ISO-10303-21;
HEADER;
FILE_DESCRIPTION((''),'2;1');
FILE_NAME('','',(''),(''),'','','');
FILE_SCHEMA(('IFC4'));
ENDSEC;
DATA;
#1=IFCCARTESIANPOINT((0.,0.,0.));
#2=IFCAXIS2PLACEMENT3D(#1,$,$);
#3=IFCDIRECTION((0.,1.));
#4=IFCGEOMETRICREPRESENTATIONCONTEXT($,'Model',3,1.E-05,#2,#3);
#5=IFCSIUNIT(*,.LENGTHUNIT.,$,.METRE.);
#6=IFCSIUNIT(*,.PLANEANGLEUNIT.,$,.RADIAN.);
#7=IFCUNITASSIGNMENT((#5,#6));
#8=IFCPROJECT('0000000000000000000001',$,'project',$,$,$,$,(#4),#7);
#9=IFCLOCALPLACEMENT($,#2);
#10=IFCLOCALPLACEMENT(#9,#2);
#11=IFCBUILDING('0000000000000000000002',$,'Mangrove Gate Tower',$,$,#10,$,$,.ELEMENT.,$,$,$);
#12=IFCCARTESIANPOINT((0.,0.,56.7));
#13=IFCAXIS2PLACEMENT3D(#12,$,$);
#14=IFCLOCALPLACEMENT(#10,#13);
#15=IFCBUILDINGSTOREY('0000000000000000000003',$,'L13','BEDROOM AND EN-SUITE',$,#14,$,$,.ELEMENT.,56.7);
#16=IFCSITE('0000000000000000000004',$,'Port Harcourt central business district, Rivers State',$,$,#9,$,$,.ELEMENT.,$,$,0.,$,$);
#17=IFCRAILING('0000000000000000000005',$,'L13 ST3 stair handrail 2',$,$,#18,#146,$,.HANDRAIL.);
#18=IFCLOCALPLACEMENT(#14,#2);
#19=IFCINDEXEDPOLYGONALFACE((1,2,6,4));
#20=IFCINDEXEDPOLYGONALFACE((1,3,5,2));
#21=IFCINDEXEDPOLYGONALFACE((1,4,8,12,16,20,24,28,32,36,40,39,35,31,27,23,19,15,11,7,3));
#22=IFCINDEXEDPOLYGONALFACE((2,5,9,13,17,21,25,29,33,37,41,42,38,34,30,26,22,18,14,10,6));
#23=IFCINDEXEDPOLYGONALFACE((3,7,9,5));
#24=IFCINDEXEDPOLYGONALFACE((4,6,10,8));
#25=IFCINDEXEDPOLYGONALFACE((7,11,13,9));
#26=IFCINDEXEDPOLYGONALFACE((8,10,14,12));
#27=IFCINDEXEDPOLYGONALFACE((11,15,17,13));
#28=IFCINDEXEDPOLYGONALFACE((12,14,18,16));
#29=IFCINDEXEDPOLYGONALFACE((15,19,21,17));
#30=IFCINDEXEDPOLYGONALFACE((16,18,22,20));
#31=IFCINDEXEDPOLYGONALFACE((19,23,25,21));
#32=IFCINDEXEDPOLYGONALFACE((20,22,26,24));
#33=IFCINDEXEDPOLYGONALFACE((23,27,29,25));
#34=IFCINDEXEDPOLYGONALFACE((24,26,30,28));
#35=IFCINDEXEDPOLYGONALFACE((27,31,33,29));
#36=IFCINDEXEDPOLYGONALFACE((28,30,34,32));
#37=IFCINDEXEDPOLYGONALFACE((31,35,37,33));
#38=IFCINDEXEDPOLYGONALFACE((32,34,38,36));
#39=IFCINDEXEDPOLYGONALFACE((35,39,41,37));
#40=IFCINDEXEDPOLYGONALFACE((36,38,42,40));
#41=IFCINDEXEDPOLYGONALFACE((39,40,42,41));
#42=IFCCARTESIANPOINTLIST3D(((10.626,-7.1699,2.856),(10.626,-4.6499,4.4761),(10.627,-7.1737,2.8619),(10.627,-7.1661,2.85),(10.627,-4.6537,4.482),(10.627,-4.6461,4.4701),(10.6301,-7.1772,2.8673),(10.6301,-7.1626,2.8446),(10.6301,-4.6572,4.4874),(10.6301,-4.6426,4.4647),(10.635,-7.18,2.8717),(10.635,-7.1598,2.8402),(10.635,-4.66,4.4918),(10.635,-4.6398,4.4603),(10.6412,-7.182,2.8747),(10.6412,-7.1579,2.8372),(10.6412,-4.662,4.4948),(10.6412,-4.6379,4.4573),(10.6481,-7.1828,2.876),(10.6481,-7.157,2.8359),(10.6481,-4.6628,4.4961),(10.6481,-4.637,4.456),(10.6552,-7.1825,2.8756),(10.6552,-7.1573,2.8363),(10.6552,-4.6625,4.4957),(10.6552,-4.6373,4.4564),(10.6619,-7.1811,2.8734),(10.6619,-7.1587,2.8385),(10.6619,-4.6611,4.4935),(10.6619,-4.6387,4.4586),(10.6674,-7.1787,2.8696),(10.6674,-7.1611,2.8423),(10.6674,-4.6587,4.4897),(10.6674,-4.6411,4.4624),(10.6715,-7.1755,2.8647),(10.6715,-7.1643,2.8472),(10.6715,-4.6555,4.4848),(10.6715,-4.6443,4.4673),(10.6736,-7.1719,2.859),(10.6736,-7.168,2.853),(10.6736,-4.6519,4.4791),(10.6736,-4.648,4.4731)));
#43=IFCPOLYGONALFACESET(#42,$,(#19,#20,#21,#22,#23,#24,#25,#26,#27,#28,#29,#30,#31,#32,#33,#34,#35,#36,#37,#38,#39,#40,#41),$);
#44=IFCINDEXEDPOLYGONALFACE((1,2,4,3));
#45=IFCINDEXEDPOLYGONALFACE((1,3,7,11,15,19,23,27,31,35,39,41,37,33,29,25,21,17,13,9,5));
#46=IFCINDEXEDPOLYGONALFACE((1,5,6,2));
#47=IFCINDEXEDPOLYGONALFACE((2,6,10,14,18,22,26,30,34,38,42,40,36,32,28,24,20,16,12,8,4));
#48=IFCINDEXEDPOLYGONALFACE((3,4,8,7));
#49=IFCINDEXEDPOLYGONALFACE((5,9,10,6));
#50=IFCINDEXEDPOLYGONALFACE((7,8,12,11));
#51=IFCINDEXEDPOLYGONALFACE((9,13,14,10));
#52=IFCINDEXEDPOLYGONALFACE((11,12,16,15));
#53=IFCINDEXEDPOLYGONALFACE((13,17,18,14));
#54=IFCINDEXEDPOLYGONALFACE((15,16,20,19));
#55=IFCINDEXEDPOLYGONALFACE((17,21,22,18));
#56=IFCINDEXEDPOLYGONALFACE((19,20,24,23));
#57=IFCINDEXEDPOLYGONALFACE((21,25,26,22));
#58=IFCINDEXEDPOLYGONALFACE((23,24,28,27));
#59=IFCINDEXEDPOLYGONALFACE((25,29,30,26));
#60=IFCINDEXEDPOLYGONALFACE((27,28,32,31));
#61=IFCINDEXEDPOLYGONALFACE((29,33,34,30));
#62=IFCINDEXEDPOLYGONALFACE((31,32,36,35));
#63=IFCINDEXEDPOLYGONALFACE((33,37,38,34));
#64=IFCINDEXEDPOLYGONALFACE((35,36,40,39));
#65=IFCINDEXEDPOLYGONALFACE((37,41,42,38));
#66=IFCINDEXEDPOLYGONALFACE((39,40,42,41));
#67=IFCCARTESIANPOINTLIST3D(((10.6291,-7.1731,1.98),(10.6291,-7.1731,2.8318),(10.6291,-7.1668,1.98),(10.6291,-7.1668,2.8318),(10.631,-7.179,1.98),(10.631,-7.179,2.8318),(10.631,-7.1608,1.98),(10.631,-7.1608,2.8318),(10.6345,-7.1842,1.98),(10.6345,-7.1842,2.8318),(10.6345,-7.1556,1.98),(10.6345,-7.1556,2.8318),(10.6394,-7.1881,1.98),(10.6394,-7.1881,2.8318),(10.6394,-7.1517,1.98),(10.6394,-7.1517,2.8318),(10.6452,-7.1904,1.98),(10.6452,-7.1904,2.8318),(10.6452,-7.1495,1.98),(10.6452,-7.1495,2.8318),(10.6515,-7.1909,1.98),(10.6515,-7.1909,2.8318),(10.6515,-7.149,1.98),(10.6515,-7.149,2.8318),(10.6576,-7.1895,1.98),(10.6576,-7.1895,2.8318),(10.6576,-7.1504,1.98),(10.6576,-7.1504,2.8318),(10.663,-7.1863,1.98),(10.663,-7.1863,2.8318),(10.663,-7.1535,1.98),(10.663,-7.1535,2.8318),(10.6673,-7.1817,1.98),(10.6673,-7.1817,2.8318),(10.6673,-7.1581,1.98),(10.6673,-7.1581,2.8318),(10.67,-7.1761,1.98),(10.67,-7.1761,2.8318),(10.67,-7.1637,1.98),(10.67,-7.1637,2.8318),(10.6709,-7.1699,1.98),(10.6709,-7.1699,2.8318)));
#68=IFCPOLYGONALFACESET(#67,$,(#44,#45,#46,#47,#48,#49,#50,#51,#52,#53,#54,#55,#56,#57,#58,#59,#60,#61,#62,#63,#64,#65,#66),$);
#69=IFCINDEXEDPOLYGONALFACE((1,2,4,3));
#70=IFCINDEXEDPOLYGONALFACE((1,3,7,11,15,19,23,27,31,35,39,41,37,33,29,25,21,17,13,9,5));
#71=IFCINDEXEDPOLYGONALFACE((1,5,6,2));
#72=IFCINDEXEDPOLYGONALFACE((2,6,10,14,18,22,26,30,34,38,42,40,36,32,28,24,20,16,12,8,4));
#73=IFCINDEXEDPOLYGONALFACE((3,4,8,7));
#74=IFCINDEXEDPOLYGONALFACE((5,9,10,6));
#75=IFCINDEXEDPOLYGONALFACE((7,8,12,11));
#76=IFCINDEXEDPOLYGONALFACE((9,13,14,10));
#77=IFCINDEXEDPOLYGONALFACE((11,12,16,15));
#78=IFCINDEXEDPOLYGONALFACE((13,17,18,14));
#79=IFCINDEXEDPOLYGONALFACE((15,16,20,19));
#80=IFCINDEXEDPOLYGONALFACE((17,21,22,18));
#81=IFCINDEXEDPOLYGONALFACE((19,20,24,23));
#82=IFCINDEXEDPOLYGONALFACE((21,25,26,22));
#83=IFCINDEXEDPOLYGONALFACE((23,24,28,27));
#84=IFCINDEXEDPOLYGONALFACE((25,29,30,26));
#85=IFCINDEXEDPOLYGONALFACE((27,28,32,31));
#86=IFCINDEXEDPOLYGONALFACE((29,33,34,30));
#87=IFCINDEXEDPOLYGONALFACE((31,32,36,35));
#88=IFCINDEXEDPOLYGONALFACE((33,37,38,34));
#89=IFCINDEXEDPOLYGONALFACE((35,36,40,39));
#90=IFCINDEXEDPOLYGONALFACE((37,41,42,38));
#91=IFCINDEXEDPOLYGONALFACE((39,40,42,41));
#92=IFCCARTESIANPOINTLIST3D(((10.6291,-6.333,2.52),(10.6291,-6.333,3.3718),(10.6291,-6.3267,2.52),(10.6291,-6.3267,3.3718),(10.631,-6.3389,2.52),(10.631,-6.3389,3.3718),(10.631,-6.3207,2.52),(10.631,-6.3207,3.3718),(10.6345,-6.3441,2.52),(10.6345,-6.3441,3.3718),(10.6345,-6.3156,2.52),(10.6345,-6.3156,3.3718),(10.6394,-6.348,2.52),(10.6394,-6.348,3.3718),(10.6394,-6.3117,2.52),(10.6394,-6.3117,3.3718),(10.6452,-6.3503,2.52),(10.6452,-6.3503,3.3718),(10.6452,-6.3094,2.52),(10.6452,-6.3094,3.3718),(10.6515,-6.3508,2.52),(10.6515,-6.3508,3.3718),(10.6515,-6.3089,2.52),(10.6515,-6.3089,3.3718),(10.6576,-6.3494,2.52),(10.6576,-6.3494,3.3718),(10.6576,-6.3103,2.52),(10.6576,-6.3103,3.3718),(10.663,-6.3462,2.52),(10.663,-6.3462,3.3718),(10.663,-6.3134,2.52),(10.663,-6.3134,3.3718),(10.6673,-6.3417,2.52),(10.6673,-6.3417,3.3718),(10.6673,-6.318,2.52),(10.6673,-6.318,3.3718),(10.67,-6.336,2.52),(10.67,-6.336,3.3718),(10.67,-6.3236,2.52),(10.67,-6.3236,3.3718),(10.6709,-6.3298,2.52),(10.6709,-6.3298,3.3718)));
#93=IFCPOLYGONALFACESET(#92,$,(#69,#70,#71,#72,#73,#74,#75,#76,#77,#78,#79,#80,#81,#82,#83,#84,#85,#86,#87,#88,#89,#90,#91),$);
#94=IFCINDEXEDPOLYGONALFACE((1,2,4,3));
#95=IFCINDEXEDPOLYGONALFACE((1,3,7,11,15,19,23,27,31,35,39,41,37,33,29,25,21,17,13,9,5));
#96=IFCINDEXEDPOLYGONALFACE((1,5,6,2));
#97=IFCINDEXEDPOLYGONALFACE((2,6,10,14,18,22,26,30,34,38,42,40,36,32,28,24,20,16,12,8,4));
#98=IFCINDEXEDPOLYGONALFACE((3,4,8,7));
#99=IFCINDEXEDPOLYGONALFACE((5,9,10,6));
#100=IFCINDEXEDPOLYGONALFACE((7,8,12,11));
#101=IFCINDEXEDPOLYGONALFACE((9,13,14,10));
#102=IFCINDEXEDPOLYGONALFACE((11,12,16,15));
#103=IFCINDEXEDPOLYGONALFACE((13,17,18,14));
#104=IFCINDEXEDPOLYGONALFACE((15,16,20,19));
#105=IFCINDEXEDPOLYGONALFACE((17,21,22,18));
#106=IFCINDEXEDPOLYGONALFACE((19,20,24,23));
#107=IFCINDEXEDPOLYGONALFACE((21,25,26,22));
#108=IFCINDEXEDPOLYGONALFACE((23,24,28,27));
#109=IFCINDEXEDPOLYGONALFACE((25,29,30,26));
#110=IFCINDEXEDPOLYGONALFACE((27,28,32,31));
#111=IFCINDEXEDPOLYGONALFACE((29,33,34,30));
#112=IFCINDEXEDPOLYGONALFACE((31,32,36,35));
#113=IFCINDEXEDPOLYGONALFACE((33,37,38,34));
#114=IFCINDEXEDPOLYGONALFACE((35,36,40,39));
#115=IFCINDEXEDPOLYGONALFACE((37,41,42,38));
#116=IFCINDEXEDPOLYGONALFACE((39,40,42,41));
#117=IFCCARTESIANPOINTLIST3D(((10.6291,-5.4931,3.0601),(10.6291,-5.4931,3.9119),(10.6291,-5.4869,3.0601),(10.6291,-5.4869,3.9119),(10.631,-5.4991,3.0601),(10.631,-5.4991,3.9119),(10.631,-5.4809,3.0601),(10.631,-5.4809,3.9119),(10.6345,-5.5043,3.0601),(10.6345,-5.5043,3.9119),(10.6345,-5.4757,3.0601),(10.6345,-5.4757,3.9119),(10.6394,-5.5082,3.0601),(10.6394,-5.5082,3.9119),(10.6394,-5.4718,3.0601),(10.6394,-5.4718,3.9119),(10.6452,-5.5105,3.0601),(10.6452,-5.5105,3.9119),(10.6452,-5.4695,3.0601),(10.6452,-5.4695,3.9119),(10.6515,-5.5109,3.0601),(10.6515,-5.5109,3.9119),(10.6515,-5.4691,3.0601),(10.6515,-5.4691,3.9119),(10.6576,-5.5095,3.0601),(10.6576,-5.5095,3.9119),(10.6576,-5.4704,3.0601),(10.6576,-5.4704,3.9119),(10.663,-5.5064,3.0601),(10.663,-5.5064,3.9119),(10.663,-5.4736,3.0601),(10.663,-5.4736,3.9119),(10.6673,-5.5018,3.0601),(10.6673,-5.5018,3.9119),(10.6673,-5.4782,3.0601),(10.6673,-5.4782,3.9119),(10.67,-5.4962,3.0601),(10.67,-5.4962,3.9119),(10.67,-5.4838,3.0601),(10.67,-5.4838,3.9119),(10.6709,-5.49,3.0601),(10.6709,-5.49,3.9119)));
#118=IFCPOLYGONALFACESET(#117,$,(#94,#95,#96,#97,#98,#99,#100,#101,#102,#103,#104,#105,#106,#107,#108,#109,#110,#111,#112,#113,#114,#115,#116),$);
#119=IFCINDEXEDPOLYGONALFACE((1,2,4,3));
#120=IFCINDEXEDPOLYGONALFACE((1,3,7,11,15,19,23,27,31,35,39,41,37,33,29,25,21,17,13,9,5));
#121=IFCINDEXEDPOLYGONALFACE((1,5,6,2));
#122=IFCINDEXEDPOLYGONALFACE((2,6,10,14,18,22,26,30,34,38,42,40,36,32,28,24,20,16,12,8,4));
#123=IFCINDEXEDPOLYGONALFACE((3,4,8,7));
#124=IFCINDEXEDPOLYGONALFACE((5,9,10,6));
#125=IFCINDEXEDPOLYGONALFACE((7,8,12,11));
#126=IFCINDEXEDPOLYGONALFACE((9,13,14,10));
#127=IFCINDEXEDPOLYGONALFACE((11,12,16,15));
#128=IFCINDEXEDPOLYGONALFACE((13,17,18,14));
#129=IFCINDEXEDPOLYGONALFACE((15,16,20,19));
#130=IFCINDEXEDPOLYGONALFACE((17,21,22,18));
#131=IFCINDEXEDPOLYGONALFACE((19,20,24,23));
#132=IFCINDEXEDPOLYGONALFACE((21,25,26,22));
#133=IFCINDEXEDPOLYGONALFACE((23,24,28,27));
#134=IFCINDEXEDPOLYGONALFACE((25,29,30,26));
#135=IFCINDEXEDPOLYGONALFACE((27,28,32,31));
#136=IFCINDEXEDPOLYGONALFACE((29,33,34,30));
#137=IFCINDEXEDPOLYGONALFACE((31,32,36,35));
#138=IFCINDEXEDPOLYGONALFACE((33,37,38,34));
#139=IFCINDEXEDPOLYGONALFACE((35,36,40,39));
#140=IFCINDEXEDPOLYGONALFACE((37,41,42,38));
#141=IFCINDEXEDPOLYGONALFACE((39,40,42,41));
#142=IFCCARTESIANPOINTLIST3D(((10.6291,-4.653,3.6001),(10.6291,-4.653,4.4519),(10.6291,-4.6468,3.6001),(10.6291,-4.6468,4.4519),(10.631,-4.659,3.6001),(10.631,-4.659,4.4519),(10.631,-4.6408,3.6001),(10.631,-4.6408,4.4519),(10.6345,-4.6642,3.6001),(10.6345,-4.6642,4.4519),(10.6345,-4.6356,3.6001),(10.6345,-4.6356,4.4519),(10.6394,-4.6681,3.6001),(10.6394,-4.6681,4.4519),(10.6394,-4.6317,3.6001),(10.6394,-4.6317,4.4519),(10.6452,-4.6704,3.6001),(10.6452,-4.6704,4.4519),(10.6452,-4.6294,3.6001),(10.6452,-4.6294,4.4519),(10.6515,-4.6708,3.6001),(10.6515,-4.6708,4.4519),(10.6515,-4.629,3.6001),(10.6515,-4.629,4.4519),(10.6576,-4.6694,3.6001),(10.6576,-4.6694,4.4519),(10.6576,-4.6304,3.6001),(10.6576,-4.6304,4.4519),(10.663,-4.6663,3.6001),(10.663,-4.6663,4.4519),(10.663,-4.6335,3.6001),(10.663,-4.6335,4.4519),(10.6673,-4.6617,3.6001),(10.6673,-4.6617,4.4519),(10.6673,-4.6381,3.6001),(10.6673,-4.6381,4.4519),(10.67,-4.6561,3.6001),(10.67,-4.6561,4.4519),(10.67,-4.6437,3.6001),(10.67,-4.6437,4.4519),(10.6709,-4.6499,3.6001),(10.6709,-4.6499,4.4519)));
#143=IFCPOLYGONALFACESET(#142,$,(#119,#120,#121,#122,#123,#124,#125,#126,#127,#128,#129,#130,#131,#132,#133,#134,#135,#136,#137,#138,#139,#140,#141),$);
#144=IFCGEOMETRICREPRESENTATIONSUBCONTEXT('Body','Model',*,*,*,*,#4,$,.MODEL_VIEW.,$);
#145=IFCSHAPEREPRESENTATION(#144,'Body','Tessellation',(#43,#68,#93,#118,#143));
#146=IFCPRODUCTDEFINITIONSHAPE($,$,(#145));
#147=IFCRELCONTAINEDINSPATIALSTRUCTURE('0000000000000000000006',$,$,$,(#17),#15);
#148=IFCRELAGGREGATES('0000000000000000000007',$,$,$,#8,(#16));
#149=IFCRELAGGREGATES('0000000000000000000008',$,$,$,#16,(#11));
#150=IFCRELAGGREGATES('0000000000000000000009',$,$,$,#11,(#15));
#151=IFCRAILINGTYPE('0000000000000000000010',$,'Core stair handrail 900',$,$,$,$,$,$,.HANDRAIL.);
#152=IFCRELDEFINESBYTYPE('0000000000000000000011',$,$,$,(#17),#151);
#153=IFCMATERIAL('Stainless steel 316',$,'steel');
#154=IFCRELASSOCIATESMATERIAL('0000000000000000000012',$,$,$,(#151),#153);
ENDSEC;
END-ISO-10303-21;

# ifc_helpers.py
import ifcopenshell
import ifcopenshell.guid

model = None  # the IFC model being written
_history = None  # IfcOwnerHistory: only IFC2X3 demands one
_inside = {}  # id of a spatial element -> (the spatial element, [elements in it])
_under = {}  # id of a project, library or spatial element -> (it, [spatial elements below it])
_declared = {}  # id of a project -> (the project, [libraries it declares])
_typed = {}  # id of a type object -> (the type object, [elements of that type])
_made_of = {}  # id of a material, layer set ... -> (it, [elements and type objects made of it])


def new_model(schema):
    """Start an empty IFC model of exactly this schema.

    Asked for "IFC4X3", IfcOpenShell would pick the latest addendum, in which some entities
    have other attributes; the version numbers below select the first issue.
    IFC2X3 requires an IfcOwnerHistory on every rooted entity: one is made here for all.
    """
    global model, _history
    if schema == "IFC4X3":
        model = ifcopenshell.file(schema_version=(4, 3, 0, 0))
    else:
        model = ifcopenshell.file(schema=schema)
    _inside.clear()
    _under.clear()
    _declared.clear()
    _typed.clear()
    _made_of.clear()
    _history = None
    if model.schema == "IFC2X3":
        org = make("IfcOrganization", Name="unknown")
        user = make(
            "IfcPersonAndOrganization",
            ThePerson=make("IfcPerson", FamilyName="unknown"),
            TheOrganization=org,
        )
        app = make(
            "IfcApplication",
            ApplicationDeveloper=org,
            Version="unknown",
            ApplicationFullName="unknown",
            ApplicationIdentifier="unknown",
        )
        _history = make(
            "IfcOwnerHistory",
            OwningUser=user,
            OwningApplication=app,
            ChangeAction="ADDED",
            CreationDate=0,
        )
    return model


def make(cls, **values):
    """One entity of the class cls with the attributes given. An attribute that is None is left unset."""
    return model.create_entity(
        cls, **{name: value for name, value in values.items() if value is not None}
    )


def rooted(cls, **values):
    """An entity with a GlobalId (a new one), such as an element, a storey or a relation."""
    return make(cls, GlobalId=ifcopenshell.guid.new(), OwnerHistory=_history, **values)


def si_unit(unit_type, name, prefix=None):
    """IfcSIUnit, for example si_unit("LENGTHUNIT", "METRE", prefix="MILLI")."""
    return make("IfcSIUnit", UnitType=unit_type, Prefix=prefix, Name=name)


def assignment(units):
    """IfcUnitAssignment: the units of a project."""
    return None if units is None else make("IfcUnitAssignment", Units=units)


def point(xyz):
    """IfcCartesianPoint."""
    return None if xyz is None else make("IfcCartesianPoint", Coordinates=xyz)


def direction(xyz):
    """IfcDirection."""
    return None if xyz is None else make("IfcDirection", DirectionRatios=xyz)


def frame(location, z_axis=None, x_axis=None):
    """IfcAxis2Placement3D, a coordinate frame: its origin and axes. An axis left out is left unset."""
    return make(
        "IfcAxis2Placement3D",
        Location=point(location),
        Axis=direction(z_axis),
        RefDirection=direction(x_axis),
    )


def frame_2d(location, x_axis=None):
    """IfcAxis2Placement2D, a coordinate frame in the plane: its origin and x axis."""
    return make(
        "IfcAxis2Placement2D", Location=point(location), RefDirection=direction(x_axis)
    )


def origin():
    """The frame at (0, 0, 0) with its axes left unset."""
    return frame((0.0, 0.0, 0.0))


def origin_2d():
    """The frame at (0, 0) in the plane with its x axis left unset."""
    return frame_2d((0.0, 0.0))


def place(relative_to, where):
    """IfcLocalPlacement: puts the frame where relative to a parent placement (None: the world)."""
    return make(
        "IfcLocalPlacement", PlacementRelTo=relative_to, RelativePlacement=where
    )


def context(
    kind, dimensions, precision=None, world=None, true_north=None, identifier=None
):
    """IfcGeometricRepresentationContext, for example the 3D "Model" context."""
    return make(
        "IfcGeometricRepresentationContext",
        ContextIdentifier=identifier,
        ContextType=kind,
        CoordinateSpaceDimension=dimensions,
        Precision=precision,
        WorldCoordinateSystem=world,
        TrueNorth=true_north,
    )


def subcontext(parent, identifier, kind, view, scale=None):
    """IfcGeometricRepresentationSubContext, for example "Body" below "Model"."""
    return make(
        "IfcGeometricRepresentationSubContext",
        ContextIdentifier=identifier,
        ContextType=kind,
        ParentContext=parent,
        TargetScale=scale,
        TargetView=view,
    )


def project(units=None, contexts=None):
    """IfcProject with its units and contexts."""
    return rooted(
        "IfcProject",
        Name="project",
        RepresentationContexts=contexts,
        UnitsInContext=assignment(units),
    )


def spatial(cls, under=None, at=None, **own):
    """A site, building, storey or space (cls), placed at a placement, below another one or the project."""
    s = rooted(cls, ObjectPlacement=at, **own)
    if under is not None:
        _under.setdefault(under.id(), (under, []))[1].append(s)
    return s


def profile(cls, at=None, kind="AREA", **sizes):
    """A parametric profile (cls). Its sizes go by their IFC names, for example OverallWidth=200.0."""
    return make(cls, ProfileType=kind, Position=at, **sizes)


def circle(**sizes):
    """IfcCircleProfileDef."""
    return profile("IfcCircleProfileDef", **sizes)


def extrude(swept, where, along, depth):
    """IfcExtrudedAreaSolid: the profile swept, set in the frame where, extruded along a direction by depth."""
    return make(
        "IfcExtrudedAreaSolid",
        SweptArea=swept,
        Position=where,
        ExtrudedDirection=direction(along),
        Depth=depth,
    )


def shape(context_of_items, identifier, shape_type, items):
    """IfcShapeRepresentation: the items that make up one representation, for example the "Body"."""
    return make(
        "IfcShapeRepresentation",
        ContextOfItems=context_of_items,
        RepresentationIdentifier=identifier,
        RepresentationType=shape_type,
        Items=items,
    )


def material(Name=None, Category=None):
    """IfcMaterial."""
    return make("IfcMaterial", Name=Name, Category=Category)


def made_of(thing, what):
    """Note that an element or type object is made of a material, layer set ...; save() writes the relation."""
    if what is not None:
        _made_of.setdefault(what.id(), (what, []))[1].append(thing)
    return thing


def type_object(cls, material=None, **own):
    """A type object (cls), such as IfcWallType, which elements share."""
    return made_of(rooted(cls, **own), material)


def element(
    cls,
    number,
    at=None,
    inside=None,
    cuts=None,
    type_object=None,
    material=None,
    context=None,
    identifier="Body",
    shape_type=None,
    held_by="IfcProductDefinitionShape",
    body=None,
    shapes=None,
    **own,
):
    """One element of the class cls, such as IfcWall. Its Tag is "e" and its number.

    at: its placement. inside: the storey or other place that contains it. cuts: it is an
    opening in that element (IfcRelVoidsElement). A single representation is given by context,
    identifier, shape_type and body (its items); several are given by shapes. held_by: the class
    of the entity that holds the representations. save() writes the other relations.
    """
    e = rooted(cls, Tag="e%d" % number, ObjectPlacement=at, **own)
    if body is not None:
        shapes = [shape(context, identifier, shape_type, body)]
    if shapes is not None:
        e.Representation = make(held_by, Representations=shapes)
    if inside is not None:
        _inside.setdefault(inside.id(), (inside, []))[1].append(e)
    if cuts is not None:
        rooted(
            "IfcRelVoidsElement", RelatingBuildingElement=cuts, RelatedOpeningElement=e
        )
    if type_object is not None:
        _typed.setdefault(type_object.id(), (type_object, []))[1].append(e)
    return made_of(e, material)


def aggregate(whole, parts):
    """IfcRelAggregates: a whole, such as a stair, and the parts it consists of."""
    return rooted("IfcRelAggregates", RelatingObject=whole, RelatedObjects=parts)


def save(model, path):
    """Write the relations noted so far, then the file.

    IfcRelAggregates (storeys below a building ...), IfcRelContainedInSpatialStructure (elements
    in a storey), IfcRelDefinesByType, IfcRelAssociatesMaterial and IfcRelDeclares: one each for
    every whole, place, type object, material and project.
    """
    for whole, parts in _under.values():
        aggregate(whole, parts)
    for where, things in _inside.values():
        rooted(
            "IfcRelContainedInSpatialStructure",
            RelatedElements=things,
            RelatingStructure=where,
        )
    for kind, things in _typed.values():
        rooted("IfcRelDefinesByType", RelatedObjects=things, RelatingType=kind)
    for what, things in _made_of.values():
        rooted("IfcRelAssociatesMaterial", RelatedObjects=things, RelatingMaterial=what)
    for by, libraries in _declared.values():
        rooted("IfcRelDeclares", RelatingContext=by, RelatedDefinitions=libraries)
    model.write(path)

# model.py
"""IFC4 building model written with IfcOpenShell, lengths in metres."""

from ifc_helpers import new_model, si_unit, direction, frame, origin, origin_2d, place, context, subcontext, project, spatial, circle, extrude, material, type_object, element, save


model = new_model("IFC4")

# Units and contexts
model_context = context("Model", 3, precision=1e-05, world=origin(), true_north=direction((0.0, 1.0)))
body_context = subcontext(model_context, "Body", "Model", "MODEL_VIEW")
ifc_project = project(units=[si_unit("LENGTHUNIT", "METRE"), si_unit("PLANEANGLEUNIT", "RADIAN")], contexts=[model_context])

# Site, building, storey
site_placement = place(None, origin())
site = spatial("IfcSite", under=ifc_project, at=site_placement, Name="Port Harcourt central business district, Rivers State", CompositionType="ELEMENT", RefElevation=0.0)
building_placement = place(site_placement, origin())
building = spatial("IfcBuilding", under=site, at=building_placement, Name="Mangrove Gate Tower", CompositionType="ELEMENT")
storey_placement = place(building_placement, frame((0.0, 0.0, 56.7)))
storey = spatial("IfcBuildingStorey", under=building, at=storey_placement, Name="L13", Description="BEDROOM AND EN-SUITE", CompositionType="ELEMENT", Elevation=56.7)

# Railing
ifc_material_1 = material(Name="Stainless steel 316", Category="steel")
railing_type_1 = type_object("IfcRailingType", Name="Core stair handrail 900", PredefinedType="HANDRAIL", material=ifc_material_1)
railing_1_placement = place(storey_placement, frame((10.6499, -7.1699, 1.98)))
element("IfcRailing", 1, at=railing_1_placement, inside=storey, type_object=railing_type_1, Name="L13 ST3 stair handrail 2", PredefinedType="HANDRAIL", context=body_context, shape_type="SweptSolid", body=[
    extrude(circle(Radius=0.0239, at=origin_2d()), frame((0.0, 0.0, 0.876), z_axis=(0.0, 0.841163, 0.540782), x_axis=(-1.0, 0.0, 0.0)), (0.0, 0.0, 1.0), 2.9958),
    extrude(circle(Radius=0.021, at=origin_2d()), origin(), (0.0, 0.0, 1.0), 0.8518),
    extrude(circle(Radius=0.021, at=origin_2d()), frame((0.0, 0.8401, 0.54)), (0.0, 0.0, 1.0), 0.8518),
    extrude(circle(Radius=0.021, at=origin_2d()), frame((0.0, 1.6799, 1.0801)), (0.0, 0.0, 1.0), 0.8518),
    extrude(circle(Radius=0.021, at=origin_2d()), frame((0.0, 2.52, 1.6201)), (0.0, 0.0, 1.0), 0.8518),
])

save(model, "model.ifc")
